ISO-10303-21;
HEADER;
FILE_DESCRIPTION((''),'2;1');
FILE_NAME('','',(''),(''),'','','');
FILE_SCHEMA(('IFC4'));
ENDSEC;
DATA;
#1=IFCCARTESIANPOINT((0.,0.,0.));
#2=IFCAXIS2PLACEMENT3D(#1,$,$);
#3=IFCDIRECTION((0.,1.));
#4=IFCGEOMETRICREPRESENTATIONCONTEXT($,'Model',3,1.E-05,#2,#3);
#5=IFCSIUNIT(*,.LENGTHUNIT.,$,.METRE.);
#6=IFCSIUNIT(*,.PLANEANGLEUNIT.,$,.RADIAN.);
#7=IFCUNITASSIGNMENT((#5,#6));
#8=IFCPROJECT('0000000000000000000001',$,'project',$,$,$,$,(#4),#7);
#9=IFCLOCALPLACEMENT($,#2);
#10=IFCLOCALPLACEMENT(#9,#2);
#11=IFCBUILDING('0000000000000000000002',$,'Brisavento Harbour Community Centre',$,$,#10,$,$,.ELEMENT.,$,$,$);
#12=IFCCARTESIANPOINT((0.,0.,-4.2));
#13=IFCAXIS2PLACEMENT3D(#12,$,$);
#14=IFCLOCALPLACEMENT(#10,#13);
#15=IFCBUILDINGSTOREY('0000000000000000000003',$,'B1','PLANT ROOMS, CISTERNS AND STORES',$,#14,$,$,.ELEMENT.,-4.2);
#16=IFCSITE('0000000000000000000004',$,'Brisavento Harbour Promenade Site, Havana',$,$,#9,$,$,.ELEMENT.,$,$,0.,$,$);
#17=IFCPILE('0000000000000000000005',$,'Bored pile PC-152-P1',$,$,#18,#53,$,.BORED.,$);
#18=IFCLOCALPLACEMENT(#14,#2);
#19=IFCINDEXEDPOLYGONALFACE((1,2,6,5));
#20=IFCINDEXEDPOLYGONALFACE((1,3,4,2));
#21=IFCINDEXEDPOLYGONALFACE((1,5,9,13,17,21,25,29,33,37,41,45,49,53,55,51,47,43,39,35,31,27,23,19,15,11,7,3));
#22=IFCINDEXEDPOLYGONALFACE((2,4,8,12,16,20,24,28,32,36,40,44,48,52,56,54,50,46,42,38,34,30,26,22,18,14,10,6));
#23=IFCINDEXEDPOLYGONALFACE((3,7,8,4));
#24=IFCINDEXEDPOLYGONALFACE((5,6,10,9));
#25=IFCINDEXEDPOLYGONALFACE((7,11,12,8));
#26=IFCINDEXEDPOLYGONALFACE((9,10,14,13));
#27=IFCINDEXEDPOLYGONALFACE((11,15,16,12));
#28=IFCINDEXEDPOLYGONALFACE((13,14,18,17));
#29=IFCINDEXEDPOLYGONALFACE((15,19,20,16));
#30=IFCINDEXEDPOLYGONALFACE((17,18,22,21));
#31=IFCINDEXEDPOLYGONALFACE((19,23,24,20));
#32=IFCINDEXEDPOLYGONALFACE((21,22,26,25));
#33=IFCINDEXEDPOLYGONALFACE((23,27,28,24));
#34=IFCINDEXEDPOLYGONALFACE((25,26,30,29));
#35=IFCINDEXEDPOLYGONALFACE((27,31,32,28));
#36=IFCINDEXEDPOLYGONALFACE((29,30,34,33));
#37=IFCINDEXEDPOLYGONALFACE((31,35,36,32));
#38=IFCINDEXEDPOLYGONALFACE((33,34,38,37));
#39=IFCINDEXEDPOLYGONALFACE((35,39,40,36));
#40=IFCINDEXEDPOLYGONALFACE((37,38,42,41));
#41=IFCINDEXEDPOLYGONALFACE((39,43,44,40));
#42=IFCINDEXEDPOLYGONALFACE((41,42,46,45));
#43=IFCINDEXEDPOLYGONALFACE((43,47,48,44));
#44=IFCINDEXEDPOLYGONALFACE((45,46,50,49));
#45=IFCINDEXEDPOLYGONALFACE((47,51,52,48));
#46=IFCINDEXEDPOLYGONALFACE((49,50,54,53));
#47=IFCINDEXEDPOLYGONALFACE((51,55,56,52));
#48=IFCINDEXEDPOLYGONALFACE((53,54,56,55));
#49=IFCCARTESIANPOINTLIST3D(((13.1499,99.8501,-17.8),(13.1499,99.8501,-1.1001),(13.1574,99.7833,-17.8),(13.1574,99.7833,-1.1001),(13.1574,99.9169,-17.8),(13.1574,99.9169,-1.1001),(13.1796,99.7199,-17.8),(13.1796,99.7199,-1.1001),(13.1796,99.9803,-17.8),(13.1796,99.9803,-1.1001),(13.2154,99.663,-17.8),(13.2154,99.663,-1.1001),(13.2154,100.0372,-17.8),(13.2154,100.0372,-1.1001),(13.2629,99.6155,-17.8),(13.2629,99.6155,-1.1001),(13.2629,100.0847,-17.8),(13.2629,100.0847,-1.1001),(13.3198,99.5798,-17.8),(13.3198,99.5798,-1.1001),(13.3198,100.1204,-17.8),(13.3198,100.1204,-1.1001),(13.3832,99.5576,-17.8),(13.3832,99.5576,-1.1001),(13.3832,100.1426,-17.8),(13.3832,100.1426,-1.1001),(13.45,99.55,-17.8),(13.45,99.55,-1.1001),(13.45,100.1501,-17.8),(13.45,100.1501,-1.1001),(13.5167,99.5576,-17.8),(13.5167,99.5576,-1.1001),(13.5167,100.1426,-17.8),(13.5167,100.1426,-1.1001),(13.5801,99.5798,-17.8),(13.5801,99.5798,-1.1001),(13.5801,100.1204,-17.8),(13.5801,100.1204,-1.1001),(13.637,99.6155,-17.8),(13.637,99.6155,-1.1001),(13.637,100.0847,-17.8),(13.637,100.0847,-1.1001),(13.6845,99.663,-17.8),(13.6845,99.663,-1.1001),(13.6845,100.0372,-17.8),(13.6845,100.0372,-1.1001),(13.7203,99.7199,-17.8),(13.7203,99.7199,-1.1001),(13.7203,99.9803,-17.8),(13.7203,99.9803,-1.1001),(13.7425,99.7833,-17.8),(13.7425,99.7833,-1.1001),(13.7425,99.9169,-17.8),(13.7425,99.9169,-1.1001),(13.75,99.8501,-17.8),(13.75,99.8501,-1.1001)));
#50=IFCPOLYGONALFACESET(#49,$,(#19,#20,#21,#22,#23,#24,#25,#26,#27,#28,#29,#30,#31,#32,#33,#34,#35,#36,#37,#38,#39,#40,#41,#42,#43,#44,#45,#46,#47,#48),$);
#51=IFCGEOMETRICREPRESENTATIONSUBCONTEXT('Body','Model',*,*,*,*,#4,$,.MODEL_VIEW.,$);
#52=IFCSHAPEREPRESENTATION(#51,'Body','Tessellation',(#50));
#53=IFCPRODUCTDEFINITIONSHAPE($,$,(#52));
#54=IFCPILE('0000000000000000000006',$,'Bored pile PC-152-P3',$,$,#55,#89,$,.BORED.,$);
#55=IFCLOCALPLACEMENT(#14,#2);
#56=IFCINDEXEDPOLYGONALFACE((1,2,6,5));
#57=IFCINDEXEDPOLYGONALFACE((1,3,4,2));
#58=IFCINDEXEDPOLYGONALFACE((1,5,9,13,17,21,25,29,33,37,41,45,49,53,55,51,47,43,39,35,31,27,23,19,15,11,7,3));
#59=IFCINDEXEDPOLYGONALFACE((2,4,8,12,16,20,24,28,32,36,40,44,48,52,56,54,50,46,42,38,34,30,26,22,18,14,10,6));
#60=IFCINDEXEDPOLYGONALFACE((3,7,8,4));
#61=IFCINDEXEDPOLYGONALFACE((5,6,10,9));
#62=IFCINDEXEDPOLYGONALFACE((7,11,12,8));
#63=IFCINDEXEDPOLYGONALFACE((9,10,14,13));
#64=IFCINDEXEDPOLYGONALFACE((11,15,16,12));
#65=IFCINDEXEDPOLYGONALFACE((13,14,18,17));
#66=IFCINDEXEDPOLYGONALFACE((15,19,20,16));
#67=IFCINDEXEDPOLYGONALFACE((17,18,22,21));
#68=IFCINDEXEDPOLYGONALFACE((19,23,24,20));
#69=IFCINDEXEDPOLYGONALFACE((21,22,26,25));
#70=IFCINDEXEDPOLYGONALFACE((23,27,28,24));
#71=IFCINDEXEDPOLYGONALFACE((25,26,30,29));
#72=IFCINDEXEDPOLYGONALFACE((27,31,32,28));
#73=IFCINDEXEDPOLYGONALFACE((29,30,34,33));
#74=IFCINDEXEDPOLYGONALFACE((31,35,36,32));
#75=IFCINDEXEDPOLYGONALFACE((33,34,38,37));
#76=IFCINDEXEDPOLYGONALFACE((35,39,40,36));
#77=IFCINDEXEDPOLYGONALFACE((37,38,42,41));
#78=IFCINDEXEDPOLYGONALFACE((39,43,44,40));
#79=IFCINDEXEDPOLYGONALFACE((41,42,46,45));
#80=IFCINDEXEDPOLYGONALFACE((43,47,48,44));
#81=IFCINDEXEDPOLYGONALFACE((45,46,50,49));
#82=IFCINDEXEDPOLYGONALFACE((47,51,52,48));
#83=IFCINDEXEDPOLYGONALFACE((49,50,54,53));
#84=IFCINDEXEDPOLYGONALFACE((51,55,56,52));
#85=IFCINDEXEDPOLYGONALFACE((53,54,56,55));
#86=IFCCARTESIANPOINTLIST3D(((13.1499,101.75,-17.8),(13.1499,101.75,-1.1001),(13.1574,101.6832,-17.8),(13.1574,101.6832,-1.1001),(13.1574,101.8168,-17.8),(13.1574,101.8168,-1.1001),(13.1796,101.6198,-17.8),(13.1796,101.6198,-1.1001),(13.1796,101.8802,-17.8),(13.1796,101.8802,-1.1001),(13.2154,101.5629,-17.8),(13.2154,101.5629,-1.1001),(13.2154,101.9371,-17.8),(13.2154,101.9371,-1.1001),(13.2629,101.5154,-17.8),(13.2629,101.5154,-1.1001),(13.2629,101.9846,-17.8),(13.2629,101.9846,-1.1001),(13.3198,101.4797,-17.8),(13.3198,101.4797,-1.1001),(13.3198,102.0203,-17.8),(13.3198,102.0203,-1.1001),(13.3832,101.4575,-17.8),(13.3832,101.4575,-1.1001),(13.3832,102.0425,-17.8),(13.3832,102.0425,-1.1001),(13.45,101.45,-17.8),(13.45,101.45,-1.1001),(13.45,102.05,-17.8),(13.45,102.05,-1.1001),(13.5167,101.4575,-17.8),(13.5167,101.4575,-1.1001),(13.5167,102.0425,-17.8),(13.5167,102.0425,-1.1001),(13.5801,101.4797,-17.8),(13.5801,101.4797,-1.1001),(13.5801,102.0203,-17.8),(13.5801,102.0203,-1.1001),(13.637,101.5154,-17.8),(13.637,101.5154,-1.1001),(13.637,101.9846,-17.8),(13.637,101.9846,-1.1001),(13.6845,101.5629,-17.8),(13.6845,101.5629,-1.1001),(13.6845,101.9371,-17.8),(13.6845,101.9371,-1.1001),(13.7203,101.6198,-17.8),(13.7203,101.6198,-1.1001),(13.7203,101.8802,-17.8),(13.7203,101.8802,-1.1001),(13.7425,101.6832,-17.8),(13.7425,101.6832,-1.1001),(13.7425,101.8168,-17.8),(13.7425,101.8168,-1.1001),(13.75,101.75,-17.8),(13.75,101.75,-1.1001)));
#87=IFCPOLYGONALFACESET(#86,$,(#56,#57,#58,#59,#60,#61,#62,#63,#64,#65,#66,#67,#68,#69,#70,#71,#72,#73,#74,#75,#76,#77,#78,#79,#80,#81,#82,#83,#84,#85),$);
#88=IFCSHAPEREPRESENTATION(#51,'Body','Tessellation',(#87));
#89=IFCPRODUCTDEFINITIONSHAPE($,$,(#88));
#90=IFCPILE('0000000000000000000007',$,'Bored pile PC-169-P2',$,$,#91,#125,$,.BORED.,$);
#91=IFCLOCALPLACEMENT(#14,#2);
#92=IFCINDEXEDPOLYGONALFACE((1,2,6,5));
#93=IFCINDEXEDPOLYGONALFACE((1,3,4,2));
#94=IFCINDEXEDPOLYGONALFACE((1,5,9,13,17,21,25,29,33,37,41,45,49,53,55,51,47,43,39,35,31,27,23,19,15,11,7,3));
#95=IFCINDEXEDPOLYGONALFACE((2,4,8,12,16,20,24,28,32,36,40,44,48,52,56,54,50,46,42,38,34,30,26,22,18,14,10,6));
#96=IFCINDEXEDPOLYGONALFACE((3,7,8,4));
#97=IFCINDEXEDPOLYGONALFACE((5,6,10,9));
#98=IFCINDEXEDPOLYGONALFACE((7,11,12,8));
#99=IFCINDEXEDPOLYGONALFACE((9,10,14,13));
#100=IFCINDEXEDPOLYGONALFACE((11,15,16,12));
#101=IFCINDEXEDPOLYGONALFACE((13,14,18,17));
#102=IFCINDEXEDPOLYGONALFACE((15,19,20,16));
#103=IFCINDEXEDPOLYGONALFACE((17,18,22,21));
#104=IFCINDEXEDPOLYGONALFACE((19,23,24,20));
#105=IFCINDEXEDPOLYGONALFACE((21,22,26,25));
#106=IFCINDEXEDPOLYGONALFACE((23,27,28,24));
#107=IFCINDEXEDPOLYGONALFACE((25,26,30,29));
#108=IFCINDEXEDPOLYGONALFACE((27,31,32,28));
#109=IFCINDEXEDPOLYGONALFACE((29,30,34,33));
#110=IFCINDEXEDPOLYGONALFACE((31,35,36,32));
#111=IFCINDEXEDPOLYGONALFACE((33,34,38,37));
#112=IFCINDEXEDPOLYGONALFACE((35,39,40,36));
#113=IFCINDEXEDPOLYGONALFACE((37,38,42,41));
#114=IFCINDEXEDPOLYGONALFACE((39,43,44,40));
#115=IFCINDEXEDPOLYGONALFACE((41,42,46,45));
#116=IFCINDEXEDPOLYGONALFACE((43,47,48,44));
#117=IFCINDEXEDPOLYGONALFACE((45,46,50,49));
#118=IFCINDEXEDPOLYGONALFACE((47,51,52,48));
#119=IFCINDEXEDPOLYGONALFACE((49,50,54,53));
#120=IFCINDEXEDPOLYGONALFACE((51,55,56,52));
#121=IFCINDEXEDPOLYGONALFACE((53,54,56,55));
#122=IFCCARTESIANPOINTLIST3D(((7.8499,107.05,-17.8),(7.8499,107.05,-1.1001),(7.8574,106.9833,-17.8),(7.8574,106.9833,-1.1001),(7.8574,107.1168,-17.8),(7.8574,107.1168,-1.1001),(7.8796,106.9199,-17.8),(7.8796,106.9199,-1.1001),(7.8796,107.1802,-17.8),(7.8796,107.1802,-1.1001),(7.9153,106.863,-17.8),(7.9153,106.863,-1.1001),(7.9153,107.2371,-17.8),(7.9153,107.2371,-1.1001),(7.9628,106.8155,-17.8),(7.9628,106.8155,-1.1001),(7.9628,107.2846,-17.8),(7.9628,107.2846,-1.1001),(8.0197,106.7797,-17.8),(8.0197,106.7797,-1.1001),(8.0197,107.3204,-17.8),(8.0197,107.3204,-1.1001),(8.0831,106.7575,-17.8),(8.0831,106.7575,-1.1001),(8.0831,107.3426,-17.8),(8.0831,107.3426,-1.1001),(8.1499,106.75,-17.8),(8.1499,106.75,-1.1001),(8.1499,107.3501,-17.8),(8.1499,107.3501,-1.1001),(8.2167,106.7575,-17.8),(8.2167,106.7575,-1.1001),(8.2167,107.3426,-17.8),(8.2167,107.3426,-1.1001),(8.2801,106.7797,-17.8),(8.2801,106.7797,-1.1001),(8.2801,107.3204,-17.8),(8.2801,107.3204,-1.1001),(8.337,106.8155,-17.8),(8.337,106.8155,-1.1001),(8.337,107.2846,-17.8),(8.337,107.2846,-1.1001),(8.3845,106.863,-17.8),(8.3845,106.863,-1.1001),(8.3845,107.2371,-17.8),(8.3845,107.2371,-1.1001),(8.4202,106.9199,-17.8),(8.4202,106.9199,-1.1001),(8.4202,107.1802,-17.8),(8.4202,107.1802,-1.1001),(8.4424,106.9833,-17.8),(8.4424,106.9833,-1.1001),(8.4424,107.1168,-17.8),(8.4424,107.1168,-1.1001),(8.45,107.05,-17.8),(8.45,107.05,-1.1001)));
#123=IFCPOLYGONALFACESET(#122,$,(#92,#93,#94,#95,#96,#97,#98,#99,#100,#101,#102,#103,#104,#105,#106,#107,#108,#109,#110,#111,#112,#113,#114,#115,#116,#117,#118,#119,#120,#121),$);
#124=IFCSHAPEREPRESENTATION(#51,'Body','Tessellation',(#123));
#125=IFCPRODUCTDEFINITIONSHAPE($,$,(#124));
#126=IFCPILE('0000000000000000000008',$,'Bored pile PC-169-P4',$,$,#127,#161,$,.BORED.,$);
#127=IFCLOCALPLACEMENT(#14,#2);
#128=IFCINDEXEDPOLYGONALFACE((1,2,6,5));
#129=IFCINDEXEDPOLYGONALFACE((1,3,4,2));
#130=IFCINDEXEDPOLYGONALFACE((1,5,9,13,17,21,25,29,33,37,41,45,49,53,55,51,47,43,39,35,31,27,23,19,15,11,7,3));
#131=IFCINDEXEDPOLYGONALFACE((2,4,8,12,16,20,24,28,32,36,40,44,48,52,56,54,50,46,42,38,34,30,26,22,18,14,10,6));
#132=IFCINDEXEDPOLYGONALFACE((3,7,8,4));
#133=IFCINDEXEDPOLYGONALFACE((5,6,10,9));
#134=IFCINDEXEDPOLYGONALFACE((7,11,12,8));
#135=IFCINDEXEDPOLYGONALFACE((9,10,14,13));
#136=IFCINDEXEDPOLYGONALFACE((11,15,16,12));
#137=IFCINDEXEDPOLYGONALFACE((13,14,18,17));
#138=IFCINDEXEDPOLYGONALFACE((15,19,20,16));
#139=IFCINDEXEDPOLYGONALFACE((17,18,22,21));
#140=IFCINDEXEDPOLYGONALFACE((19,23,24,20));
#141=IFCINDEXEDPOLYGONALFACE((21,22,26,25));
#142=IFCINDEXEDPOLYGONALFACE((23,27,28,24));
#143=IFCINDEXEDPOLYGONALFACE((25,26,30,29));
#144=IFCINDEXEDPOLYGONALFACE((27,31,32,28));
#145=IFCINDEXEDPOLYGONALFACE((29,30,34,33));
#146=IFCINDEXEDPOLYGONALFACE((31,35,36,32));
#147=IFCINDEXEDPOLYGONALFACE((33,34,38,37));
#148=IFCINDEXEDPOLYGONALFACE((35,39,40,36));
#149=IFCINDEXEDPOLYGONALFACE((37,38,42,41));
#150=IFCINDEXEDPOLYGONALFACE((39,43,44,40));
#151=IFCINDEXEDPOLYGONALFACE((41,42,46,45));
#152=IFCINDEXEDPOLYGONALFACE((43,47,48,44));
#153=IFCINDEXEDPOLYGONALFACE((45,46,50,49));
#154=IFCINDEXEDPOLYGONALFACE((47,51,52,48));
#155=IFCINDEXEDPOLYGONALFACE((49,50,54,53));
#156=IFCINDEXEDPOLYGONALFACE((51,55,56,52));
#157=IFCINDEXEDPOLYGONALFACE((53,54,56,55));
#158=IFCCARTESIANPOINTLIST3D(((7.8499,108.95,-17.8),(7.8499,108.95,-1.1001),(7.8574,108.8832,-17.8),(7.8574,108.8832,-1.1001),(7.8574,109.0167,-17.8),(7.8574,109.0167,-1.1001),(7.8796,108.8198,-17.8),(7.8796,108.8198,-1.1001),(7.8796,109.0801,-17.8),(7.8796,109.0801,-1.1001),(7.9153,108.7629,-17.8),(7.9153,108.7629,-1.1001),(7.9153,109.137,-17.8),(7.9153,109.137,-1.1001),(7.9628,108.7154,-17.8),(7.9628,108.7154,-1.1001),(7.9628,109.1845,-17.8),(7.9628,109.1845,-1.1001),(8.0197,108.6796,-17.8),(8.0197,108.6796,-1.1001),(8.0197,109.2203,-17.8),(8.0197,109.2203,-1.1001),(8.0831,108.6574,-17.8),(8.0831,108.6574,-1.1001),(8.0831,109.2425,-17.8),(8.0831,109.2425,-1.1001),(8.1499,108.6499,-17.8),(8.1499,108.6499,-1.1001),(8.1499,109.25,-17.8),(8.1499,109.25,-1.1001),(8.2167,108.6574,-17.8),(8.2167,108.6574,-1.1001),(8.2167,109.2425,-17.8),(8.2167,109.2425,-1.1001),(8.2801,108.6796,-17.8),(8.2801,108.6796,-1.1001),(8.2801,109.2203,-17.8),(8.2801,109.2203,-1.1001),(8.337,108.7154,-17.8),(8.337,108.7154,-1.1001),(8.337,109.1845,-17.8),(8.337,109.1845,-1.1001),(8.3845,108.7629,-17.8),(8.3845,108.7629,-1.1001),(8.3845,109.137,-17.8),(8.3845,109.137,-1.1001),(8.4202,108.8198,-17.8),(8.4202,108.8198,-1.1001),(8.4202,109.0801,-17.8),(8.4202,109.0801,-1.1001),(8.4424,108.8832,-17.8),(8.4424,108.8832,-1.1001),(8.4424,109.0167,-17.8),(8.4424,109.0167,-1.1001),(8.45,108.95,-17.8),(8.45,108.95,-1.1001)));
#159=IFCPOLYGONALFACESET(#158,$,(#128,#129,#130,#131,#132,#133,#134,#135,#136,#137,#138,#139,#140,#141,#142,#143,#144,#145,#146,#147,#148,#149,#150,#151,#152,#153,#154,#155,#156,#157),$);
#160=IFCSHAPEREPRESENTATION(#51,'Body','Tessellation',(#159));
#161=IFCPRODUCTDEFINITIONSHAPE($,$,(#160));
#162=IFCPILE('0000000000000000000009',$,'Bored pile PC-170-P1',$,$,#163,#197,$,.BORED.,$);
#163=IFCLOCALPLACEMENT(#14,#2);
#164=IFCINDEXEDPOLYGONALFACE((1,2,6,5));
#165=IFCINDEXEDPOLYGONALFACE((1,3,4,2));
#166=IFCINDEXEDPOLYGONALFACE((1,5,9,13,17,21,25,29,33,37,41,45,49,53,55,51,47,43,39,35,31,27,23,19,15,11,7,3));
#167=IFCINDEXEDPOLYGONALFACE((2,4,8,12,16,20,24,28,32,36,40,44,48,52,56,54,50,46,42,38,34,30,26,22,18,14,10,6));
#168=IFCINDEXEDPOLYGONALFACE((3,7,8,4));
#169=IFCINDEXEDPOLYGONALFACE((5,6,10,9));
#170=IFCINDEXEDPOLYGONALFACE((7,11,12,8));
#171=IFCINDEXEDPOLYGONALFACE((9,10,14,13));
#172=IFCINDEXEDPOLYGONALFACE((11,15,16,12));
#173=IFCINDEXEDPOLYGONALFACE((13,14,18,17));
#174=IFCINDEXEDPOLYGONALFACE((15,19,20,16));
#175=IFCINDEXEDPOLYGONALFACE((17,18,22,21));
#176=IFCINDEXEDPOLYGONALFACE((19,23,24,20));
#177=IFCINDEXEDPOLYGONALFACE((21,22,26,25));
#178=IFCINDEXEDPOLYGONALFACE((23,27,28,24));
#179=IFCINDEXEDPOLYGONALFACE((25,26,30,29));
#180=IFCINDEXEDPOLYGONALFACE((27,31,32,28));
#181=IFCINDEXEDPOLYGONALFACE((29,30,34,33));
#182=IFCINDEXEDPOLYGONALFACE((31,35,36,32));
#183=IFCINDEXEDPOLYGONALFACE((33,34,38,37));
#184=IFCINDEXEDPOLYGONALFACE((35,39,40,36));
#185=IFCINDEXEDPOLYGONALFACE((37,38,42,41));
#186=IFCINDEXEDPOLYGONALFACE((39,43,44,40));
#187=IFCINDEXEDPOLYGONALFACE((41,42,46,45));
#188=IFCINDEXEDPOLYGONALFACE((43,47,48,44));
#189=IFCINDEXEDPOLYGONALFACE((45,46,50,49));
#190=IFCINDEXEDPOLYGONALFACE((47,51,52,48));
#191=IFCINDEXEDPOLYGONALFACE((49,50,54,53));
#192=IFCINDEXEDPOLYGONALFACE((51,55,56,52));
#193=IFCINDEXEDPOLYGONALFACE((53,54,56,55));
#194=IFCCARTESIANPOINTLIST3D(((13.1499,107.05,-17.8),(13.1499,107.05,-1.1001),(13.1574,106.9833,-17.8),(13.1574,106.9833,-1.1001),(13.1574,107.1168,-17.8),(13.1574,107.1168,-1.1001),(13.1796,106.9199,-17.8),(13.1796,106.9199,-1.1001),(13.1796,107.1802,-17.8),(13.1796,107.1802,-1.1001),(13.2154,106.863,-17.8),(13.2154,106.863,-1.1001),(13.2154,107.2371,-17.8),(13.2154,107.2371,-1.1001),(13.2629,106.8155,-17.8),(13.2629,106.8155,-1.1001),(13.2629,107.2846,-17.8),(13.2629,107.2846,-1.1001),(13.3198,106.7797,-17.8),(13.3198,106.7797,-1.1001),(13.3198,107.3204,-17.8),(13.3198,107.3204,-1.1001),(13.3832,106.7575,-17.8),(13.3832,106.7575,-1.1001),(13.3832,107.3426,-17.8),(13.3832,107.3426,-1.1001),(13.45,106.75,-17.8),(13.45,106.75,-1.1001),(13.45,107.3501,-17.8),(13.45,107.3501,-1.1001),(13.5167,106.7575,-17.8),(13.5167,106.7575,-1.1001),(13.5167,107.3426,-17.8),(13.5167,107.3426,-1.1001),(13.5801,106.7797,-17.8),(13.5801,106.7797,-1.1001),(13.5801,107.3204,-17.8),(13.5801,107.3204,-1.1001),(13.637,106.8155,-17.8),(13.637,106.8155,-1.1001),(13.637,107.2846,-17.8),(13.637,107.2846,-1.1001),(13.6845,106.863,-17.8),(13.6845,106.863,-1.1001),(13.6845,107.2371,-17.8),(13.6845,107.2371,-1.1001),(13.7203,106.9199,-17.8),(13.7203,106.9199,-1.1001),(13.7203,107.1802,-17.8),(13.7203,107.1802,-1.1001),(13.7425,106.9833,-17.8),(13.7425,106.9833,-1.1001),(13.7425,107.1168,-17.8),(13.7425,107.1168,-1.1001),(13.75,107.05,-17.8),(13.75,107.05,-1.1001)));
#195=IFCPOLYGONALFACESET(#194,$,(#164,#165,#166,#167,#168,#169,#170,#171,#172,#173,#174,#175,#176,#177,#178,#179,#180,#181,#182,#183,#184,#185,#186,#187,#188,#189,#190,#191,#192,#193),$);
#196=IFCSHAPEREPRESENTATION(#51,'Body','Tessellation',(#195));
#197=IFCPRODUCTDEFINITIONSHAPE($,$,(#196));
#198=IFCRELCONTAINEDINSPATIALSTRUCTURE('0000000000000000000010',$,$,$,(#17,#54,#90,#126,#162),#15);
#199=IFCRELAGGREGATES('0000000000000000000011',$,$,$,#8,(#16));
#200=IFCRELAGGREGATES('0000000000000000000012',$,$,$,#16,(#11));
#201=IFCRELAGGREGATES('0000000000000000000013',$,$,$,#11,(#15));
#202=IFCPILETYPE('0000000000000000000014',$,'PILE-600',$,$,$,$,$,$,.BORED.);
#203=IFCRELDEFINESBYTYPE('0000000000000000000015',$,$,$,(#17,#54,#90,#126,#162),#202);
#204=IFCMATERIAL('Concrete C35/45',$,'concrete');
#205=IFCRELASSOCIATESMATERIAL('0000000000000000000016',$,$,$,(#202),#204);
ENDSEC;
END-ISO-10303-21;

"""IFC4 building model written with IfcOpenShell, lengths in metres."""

from ifc_helpers import new_model, si_unit, direction, frame, origin, origin_2d, place, context, subcontext, project, spatial, circle, extrude, material, material_profile, profile_set, type_object, element, save


model = new_model("IFC4")

# Units and contexts
model_context = context("Model", 3, precision=1e-05, world=origin(), true_north=direction((0.0, 1.0)))
body_context = subcontext(model_context, "Body", "Model", "MODEL_VIEW")
ifc_project = project(units=[si_unit("LENGTHUNIT", "METRE"), si_unit("PLANEANGLEUNIT", "RADIAN")], contexts=[model_context])

# Site, building, storey
site_placement = place(None, origin())
site = spatial("IfcSite", under=ifc_project, at=site_placement, Name="Brisavento Harbour Promenade Site, Havana", CompositionType="ELEMENT", RefElevation=0.0)
building_placement = place(site_placement, origin())
building = spatial("IfcBuilding", under=site, at=building_placement, Name="Brisavento Harbour Community Centre", CompositionType="ELEMENT")
storey_placement = place(building_placement, frame((0.0, 0.0, -4.2)))
storey = spatial("IfcBuildingStorey", under=building, at=storey_placement, Name="B1", Description="PLANT ROOMS, CISTERNS AND STORES", CompositionType="ELEMENT", Elevation=-4.2)

# Shared definitions
ifc_material = material(Name="Concrete C35/45", Category="concrete")

# Piles
ifc_material_profile_1 = material_profile(ifc_material, circle(Radius=0.3, at=origin_2d()), Name="Concrete C35/45")
ifc_profile_set_1 = profile_set([ifc_material_profile_1], Name="Concrete C35/45")
pile_type = type_object("IfcPileType", Name="PILE-600", PredefinedType="BORED", material=ifc_profile_set_1)
for number, where, z_axis, x_axis, name in (
    (1, (13.45, 99.8501, -1.1001), (0.0, 0.0, -1.0), (1.0, 0.0, 0.0), "Bored pile PC-152-P1"),
    (2, (13.45, 101.75, -1.1001), (0.0, 0.0, -1.0), (1.0, 0.0, 0.0), "Bored pile PC-152-P3"),
    (3, (8.1499, 107.05, -1.1001), (0.0, 0.0, -1.0), (1.0, 0.0, 0.0), "Bored pile PC-169-P2"),
    (4, (8.1499, 108.95, -1.1001), (0.0, 0.0, -1.0), (1.0, 0.0, 0.0), "Bored pile PC-169-P4"),
    (5, (13.45, 107.05, -1.1001), (0.0, 0.0, -1.0), (1.0, 0.0, 0.0), "Bored pile PC-170-P1"),
):
    element("IfcPile", number, at=place(storey_placement, frame(where, z_axis=z_axis, x_axis=x_axis)), inside=storey, type_object=pile_type, Name=name, PredefinedType="BORED", context=body_context, shape_type="SweptSolid", body=[
        extrude(circle(Radius=0.3, at=origin_2d()), origin(), (0.0, 0.0, 1.0), 16.7),
    ])

save(model, "model.ifc")
